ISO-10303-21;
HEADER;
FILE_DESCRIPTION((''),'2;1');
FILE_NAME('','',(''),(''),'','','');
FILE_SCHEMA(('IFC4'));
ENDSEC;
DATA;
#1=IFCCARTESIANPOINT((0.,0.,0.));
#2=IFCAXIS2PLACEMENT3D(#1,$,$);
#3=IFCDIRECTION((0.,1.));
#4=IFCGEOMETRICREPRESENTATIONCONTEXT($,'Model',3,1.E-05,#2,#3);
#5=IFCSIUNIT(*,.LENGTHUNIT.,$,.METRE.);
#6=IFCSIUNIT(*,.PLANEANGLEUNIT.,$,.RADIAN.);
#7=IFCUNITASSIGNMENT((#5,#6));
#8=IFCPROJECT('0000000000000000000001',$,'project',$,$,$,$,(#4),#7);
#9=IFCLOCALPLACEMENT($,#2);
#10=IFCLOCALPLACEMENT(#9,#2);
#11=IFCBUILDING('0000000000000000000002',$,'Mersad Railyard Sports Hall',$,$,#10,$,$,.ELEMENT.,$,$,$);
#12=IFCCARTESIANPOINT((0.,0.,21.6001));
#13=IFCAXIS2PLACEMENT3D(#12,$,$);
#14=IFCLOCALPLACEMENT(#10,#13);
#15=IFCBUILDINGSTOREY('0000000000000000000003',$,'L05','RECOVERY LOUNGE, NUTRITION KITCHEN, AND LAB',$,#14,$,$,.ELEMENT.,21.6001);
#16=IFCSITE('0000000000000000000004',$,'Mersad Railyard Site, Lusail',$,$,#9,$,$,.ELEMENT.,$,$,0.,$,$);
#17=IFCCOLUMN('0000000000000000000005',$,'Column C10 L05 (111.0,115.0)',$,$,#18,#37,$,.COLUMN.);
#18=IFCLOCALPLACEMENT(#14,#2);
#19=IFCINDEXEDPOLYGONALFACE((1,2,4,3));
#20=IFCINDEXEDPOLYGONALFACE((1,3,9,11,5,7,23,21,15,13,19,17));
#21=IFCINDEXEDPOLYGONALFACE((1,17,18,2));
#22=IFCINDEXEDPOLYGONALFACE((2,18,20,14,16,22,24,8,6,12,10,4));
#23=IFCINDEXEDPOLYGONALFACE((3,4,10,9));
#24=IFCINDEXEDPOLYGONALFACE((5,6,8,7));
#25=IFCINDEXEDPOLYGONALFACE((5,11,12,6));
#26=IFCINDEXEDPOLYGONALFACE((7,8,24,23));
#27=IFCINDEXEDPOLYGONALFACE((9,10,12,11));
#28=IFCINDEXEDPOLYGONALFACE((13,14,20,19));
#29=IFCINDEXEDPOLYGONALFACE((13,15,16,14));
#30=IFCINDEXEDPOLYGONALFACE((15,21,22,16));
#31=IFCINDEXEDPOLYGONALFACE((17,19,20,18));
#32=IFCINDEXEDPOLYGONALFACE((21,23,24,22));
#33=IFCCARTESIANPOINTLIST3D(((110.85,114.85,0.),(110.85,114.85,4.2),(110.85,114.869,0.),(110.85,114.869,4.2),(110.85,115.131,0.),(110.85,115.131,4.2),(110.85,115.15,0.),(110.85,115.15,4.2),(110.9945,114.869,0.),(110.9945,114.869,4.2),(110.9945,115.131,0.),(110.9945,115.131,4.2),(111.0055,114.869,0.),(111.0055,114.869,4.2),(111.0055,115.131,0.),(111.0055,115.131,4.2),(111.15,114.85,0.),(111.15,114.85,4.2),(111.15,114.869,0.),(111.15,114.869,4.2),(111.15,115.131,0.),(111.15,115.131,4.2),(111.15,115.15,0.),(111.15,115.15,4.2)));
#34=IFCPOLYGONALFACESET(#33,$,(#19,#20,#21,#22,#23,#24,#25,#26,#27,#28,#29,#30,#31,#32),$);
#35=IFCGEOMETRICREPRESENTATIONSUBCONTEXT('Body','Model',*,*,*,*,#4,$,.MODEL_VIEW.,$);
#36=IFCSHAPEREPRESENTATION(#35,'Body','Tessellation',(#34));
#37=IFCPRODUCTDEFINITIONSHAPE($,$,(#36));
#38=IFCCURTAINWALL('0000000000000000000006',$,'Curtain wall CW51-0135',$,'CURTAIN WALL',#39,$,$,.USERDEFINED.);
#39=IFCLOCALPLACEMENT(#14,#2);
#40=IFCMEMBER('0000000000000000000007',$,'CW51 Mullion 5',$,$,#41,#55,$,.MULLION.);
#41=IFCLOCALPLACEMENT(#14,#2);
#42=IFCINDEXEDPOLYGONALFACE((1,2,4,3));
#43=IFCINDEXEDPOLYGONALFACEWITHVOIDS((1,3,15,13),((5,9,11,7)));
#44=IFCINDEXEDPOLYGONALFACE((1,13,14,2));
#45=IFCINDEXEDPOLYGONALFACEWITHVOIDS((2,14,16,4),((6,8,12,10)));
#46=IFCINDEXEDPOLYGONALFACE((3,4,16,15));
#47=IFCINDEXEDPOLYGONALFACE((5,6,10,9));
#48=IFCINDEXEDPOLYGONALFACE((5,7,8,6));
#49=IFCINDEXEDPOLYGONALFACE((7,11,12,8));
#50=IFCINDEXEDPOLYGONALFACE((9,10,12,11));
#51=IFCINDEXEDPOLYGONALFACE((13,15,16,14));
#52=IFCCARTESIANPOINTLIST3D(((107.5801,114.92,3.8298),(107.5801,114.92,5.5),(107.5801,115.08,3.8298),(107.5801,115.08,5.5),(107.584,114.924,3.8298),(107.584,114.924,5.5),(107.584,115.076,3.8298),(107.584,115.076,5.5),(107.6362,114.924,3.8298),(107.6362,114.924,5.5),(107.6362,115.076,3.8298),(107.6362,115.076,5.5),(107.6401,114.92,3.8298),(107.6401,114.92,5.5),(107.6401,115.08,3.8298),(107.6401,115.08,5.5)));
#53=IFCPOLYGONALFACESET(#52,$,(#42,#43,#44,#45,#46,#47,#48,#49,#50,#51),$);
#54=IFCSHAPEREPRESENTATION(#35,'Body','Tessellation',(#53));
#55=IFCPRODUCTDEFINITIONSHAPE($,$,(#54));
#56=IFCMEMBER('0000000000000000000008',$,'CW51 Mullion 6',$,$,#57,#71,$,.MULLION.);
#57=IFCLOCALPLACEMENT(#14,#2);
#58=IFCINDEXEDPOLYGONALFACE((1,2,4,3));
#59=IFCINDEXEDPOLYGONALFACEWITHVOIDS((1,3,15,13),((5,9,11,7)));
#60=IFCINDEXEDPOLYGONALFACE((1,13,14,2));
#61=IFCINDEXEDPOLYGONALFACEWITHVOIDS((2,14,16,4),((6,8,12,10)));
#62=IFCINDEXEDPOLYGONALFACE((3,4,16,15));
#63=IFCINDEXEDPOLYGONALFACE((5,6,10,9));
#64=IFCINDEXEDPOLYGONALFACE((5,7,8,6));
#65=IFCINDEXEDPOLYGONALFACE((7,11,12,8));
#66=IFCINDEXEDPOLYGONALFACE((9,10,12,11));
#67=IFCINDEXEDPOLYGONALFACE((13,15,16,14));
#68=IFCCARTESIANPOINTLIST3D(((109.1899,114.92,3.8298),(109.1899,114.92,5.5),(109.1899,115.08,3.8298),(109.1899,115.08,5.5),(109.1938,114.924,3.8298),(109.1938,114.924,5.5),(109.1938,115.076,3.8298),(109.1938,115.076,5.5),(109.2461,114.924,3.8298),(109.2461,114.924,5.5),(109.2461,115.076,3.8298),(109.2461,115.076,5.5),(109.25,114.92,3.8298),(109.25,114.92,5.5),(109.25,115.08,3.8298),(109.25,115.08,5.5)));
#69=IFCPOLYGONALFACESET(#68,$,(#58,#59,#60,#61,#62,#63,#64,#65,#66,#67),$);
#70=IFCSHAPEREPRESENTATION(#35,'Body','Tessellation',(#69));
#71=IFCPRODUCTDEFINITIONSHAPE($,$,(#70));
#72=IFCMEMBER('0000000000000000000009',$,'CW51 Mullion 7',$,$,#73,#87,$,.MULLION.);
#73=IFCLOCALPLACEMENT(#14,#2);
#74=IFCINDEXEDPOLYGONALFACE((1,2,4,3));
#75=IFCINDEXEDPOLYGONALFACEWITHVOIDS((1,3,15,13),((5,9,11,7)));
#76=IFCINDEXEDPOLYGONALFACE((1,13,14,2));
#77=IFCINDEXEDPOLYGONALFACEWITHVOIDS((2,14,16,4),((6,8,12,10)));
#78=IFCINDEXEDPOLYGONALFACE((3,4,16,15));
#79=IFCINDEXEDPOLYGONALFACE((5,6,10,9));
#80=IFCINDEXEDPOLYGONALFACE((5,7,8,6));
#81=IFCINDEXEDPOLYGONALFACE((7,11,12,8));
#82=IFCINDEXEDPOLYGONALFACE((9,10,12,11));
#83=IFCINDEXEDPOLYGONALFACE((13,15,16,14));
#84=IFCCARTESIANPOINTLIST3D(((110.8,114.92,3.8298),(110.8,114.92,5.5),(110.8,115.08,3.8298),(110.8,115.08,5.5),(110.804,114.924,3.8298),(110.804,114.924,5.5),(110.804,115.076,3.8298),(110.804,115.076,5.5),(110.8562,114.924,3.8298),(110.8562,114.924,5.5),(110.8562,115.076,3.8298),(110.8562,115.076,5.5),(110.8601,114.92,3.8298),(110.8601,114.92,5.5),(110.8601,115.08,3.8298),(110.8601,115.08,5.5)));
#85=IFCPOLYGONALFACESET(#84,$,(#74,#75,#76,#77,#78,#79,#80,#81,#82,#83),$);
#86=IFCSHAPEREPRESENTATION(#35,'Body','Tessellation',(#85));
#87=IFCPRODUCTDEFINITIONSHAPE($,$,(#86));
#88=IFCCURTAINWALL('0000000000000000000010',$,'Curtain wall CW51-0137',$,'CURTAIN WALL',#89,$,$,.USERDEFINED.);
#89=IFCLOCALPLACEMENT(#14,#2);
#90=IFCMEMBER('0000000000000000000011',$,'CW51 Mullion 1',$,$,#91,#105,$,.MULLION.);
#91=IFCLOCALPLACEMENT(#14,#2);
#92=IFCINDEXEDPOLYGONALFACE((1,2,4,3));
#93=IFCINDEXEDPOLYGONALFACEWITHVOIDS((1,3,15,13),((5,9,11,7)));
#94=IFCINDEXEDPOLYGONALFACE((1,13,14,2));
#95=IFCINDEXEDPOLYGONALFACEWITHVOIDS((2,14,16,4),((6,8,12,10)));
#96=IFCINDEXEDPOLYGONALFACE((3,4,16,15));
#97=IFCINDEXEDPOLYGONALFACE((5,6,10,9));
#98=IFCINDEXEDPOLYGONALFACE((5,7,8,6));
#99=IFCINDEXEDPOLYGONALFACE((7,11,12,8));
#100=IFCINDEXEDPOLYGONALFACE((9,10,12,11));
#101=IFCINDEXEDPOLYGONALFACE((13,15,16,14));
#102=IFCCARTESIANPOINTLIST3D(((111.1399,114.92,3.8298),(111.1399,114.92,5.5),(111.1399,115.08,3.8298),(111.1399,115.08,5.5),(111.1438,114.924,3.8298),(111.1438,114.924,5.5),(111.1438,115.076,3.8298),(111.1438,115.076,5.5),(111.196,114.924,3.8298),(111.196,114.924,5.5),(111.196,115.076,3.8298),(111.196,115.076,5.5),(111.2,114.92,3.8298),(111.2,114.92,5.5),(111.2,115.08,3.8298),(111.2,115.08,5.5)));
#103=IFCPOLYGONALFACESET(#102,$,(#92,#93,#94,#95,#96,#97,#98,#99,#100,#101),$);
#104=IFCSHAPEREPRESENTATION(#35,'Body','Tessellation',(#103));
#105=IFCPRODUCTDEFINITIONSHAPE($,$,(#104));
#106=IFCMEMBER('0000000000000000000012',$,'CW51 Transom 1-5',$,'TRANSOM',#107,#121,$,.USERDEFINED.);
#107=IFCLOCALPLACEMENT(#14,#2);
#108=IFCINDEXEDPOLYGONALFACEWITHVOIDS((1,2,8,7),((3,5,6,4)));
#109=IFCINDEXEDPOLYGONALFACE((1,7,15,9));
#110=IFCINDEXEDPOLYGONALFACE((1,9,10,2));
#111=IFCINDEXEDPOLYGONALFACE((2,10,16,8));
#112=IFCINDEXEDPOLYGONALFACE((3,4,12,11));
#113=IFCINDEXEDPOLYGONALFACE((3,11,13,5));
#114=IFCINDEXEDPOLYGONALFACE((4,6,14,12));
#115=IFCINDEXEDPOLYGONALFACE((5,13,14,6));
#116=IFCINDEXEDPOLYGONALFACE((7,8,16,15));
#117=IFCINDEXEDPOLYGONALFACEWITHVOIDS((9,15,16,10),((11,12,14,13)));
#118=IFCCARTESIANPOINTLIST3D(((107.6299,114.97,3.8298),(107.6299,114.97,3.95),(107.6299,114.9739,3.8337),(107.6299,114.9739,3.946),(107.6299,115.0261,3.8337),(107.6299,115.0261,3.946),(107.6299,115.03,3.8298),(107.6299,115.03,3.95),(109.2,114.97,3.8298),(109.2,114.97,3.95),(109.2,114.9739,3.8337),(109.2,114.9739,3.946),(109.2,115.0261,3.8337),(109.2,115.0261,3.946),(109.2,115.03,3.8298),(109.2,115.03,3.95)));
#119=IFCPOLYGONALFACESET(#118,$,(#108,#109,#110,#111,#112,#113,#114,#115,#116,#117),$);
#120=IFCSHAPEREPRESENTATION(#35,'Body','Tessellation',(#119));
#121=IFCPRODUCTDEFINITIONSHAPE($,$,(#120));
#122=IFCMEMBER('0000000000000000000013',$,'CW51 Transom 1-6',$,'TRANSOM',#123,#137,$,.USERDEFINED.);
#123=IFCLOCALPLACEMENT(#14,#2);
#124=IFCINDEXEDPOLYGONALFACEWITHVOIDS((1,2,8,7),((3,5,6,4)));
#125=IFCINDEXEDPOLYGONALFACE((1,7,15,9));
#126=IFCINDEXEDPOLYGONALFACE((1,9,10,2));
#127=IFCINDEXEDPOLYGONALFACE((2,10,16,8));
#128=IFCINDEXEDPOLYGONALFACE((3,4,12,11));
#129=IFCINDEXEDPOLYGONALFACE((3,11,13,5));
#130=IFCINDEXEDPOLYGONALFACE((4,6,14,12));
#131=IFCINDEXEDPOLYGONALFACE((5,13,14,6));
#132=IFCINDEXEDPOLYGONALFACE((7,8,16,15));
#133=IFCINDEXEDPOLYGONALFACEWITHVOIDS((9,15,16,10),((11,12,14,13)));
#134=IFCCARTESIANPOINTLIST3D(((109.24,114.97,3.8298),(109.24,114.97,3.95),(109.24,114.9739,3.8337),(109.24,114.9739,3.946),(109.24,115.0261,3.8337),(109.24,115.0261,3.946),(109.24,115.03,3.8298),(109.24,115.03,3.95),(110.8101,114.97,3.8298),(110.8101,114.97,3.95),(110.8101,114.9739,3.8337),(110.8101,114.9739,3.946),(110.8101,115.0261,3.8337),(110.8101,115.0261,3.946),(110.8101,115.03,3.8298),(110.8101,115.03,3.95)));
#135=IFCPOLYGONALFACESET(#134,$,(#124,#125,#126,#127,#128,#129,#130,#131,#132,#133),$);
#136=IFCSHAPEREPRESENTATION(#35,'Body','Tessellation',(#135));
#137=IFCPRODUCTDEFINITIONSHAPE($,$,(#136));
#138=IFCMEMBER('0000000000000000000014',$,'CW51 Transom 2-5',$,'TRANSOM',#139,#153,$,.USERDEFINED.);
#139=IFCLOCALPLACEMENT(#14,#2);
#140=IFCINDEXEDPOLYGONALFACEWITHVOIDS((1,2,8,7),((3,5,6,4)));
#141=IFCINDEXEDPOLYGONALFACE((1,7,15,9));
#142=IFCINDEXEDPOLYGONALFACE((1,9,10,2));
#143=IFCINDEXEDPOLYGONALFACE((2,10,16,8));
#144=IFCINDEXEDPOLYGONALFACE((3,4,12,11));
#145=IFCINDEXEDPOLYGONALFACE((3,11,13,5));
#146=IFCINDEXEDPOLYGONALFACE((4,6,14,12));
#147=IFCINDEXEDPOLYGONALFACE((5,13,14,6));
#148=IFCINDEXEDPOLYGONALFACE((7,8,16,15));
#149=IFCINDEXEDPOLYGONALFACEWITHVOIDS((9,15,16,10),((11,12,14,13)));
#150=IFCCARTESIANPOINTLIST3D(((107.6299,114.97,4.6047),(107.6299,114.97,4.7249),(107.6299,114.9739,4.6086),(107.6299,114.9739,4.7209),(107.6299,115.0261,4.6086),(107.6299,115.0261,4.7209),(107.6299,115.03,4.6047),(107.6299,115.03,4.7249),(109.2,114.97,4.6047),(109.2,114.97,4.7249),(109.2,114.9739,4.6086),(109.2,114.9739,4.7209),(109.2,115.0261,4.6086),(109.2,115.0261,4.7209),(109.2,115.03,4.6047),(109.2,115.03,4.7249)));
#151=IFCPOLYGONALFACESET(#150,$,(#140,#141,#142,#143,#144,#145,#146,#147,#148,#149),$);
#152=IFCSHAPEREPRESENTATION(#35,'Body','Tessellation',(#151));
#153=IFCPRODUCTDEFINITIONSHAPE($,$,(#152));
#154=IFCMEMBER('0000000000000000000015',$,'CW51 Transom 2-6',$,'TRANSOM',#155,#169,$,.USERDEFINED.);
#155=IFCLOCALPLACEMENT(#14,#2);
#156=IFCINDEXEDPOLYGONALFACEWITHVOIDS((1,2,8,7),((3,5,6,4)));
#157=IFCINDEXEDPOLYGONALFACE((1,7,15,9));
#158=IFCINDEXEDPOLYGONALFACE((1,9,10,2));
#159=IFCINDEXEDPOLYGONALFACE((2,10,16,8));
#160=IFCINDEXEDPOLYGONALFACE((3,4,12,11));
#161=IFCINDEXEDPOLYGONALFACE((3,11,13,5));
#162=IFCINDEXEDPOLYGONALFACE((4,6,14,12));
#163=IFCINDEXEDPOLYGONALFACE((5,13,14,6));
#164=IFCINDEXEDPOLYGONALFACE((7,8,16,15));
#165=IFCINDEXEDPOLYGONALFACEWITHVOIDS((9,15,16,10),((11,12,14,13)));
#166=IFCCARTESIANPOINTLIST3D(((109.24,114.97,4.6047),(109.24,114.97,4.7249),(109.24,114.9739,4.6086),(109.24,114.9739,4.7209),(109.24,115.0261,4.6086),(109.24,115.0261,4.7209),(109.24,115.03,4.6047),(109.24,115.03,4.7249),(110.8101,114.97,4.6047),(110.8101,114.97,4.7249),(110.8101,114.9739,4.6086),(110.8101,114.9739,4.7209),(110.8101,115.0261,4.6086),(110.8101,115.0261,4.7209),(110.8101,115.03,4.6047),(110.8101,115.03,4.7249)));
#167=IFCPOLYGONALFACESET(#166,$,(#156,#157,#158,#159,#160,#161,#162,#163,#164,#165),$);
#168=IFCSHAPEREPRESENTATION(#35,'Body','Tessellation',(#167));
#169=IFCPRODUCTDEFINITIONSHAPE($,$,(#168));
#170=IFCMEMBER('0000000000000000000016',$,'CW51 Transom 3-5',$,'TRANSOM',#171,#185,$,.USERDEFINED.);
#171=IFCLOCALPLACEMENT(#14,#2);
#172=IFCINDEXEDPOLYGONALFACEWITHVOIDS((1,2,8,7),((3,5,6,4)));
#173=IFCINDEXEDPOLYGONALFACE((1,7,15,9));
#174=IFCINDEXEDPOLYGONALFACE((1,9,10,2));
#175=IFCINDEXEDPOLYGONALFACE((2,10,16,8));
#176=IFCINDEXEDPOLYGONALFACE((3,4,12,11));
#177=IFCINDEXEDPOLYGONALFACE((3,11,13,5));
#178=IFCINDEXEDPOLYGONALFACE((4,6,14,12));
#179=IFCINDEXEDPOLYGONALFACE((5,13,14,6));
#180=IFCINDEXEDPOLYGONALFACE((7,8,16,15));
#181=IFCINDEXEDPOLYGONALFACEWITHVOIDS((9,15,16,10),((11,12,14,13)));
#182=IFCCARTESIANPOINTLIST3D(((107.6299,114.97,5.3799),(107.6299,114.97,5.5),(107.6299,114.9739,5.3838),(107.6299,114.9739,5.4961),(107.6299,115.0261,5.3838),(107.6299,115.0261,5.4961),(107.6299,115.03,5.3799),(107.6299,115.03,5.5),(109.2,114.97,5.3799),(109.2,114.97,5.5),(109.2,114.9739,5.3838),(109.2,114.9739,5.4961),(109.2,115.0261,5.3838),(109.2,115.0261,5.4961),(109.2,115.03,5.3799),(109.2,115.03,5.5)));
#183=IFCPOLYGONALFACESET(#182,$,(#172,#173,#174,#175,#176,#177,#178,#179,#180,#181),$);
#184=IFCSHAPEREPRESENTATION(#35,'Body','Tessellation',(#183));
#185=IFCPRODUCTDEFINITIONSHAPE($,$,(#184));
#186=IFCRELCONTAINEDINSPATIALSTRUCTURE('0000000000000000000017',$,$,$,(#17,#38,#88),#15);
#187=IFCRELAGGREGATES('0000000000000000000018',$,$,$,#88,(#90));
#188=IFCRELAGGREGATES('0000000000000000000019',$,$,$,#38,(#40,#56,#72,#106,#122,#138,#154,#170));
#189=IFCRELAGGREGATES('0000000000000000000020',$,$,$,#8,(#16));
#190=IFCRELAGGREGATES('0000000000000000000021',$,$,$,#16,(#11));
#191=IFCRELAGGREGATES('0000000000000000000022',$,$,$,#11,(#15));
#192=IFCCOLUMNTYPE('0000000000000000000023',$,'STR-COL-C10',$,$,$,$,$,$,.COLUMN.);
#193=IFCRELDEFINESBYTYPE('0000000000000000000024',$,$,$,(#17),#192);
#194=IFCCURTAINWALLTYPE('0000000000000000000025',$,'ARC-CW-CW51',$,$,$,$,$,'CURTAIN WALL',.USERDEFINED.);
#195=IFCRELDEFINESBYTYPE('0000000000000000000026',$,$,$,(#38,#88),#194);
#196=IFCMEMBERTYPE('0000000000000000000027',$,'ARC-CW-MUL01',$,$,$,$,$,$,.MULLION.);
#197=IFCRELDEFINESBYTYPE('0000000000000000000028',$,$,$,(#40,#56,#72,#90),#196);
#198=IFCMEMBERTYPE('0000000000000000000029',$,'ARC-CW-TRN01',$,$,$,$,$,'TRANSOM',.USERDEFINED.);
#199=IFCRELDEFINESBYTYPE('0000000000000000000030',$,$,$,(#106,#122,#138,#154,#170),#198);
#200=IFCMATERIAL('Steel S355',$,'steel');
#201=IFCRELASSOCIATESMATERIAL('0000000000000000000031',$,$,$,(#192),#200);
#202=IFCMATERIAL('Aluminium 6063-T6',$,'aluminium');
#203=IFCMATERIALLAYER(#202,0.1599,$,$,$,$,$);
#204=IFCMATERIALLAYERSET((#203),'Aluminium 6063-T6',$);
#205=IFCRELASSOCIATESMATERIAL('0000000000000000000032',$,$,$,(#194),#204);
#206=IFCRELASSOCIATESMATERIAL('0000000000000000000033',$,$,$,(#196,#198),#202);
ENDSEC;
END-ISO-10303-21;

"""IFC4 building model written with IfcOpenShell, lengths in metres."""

from ifc_helpers import new_model, si_unit, direction, frame, origin, origin_2d, place, context, subcontext, project, spatial, hollow_rectangle, i_section, extrude, material, layer, layer_set, material_profile, profile_set, type_object, element, aggregate, save


model = new_model("IFC4")

# Units and contexts
model_context = context("Model", 3, precision=1e-05, world=origin(), true_north=direction((0.0, 1.0)))
body_context = subcontext(model_context, "Body", "Model", "MODEL_VIEW")
ifc_project = project(units=[si_unit("LENGTHUNIT", "METRE"), si_unit("PLANEANGLEUNIT", "RADIAN")], contexts=[model_context])

# Site, building, storey
site_placement = place(None, origin())
site = spatial("IfcSite", under=ifc_project, at=site_placement, Name="Mersad Railyard Site, Lusail", CompositionType="ELEMENT", RefElevation=0.0)
building_placement = place(site_placement, origin())
building = spatial("IfcBuilding", under=site, at=building_placement, Name="Mersad Railyard Sports Hall", CompositionType="ELEMENT")
storey_placement = place(building_placement, frame((0.0, 0.0, 21.6001)))
storey = spatial("IfcBuildingStorey", under=building, at=storey_placement, Name="L05", Description="RECOVERY LOUNGE, NUTRITION KITCHEN, AND LAB", CompositionType="ELEMENT", Elevation=21.6001)

# Column
ifc_material_1 = material(Name="Steel S355", Category="steel")
ifc_material_profile_1 = material_profile(ifc_material_1, i_section(OverallWidth=0.3, OverallDepth=0.3, WebThickness=0.011, FlangeThickness=0.019, at=origin_2d()), Name="HEB 300")
ifc_profile_set_1 = profile_set([ifc_material_profile_1], Name="Steel S355")
column_type = type_object("IfcColumnType", Name="STR-COL-C10", PredefinedType="COLUMN", material=ifc_profile_set_1)
column_placement = place(storey_placement, frame((111.0, 115.0, 0.0), z_axis=(0.0, 0.0, 1.0), x_axis=(1.0, 0.0, 0.0)))
element("IfcColumn", 1, at=column_placement, inside=storey, type_object=column_type, Name="Column C10 L05 (111.0,115.0)", PredefinedType="COLUMN", context=body_context, shape_type="SweptSolid", body=[
    extrude(i_section(OverallWidth=0.3, OverallDepth=0.3, WebThickness=0.011, FlangeThickness=0.019, at=origin_2d()), origin(), (0.0, 0.0, 1.0), 4.2),
])

# Curtain wall, members
ifc_material_2 = material(Name="Aluminium 6063-T6", Category="aluminium")
ifc_layer_1 = layer(ifc_material_2, 0.1599)
ifc_layer_set_1 = layer_set([ifc_layer_1], Name="Aluminium 6063-T6")
curtain_wall_type = type_object("IfcCurtainWallType", Name="ARC-CW-CW51", ElementType="CURTAIN WALL", PredefinedType="USERDEFINED", material=ifc_layer_set_1)
curtain_wall_1_placement = place(storey_placement, origin())
curtain_wall_1 = element("IfcCurtainWall", 2, at=curtain_wall_1_placement, inside=storey, type_object=curtain_wall_type, Name="Curtain wall CW51-0135", ObjectType="CURTAIN WALL", PredefinedType="USERDEFINED")
ifc_material_profile_2 = material_profile(ifc_material_2, hollow_rectangle(XDim=0.0601, YDim=0.1599, WallThickness=0.0039, at=origin_2d()), Name="AL MULLION 60x160x4")
ifc_profile_set_2 = profile_set([ifc_material_profile_2], Name="Aluminium 6063-T6")
member_type_1 = type_object("IfcMemberType", Name="ARC-CW-MUL01", PredefinedType="MULLION", material=ifc_profile_set_2)
member_1_placement = place(storey_placement, frame((107.6101, 115.0, 3.8298), z_axis=(0.0, 0.0, 1.0), x_axis=(1.0, 0.0, 0.0)))
member_1 = element("IfcMember", 3, at=member_1_placement, type_object=member_type_1, Name="CW51 Mullion 5", PredefinedType="MULLION", context=body_context, shape_type="SweptSolid", body=[
    extrude(hollow_rectangle(XDim=0.0601, YDim=0.1599, WallThickness=0.0039, at=origin_2d()), origin(), (0.0, 0.0, 1.0), 1.6702),
])
member_2_placement = place(storey_placement, frame((109.22, 115.0, 3.8298), z_axis=(0.0, 0.0, 1.0), x_axis=(1.0, 0.0, 0.0)))
member_2 = element("IfcMember", 4, at=member_2_placement, type_object=member_type_1, Name="CW51 Mullion 6", PredefinedType="MULLION", context=body_context, shape_type="SweptSolid", body=[
    extrude(hollow_rectangle(XDim=0.0601, YDim=0.1599, WallThickness=0.0039, at=origin_2d()), origin(), (0.0, 0.0, 1.0), 1.6702),
])
member_3_placement = place(storey_placement, frame((110.8301, 115.0, 3.8298), z_axis=(0.0, 0.0, 1.0), x_axis=(1.0, 0.0, 0.0)))
member_3 = element("IfcMember", 5, at=member_3_placement, type_object=member_type_1, Name="CW51 Mullion 7", PredefinedType="MULLION", context=body_context, shape_type="SweptSolid", body=[
    extrude(hollow_rectangle(XDim=0.0601, YDim=0.1599, WallThickness=0.0039, at=origin_2d()), origin(), (0.0, 0.0, 1.0), 1.6702),
])

# Curtain wall, member
curtain_wall_2_placement = place(storey_placement, origin())
curtain_wall_2 = element("IfcCurtainWall", 6, at=curtain_wall_2_placement, inside=storey, type_object=curtain_wall_type, Name="Curtain wall CW51-0137", ObjectType="CURTAIN WALL", PredefinedType="USERDEFINED")
member_4_placement = place(storey_placement, frame((111.1699, 115.0, 3.8298), z_axis=(0.0, 0.0, 1.0), x_axis=(1.0, 0.0, 0.0)))
member_4 = element("IfcMember", 7, at=member_4_placement, type_object=member_type_1, Name="CW51 Mullion 1", PredefinedType="MULLION", context=body_context, shape_type="SweptSolid", body=[
    extrude(hollow_rectangle(XDim=0.0601, YDim=0.1599, WallThickness=0.0039, at=origin_2d()), origin(), (0.0, 0.0, 1.0), 1.6702),
])

# Members
ifc_material_profile_3 = material_profile(ifc_material_2, hollow_rectangle(XDim=0.0601, YDim=0.1201, WallThickness=0.0039, at=origin_2d()), Name="AL TRANSOM 60x120x4")
ifc_profile_set_3 = profile_set([ifc_material_profile_3], Name="Aluminium 6063-T6")
member_type_2 = type_object("IfcMemberType", Name="ARC-CW-TRN01", ElementType="TRANSOM", PredefinedType="USERDEFINED", material=ifc_profile_set_3)
member_5_placement = place(storey_placement, frame((107.6299, 115.0, 3.8899), z_axis=(1.0, 0.0, 0.0), x_axis=(0.0, 1.0, 0.0)))
member_5 = element("IfcMember", 8, at=member_5_placement, type_object=member_type_2, Name="CW51 Transom 1-5", ObjectType="TRANSOM", PredefinedType="USERDEFINED", context=body_context, shape_type="SweptSolid", body=[
    extrude(hollow_rectangle(XDim=0.0601, YDim=0.1201, WallThickness=0.0039, at=origin_2d()), origin(), (0.0, 0.0, 1.0), 1.5701),
])
member_6_placement = place(storey_placement, frame((109.24, 115.0, 3.8899), z_axis=(1.0, 0.0, 0.0), x_axis=(0.0, 1.0, 0.0)))
member_6 = element("IfcMember", 9, at=member_6_placement, type_object=member_type_2, Name="CW51 Transom 1-6", ObjectType="TRANSOM", PredefinedType="USERDEFINED", context=body_context, shape_type="SweptSolid", body=[
    extrude(hollow_rectangle(XDim=0.0601, YDim=0.1201, WallThickness=0.0039, at=origin_2d()), origin(), (0.0, 0.0, 1.0), 1.5701),
])
member_7_placement = place(storey_placement, frame((107.6299, 115.0, 4.6648), z_axis=(1.0, 0.0, 0.0), x_axis=(0.0, 1.0, 0.0)))
member_7 = element("IfcMember", 10, at=member_7_placement, type_object=member_type_2, Name="CW51 Transom 2-5", ObjectType="TRANSOM", PredefinedType="USERDEFINED", context=body_context, shape_type="SweptSolid", body=[
    extrude(hollow_rectangle(XDim=0.0601, YDim=0.1201, WallThickness=0.0039, at=origin_2d()), origin(), (0.0, 0.0, 1.0), 1.5701),
])
member_8_placement = place(storey_placement, frame((109.24, 115.0, 4.6648), z_axis=(1.0, 0.0, 0.0), x_axis=(0.0, 1.0, 0.0)))
member_8 = element("IfcMember", 11, at=member_8_placement, type_object=member_type_2, Name="CW51 Transom 2-6", ObjectType="TRANSOM", PredefinedType="USERDEFINED", context=body_context, shape_type="SweptSolid", body=[
    extrude(hollow_rectangle(XDim=0.0601, YDim=0.1201, WallThickness=0.0039, at=origin_2d()), origin(), (0.0, 0.0, 1.0), 1.5701),
])
member_9_placement = place(storey_placement, frame((107.6299, 115.0, 5.4399), z_axis=(1.0, 0.0, 0.0), x_axis=(0.0, 1.0, 0.0)))
member_9 = element("IfcMember", 12, at=member_9_placement, type_object=member_type_2, Name="CW51 Transom 3-5", ObjectType="TRANSOM", PredefinedType="USERDEFINED", context=body_context, shape_type="SweptSolid", body=[
    extrude(hollow_rectangle(XDim=0.0601, YDim=0.1201, WallThickness=0.0039, at=origin_2d()), origin(), (0.0, 0.0, 1.0), 1.5701),
])
aggregate(curtain_wall_2, [member_4])

aggregate(curtain_wall_1, [member_1, member_2, member_3, member_5, member_6, member_7, member_8, member_9])

save(model, "model.ifc")
